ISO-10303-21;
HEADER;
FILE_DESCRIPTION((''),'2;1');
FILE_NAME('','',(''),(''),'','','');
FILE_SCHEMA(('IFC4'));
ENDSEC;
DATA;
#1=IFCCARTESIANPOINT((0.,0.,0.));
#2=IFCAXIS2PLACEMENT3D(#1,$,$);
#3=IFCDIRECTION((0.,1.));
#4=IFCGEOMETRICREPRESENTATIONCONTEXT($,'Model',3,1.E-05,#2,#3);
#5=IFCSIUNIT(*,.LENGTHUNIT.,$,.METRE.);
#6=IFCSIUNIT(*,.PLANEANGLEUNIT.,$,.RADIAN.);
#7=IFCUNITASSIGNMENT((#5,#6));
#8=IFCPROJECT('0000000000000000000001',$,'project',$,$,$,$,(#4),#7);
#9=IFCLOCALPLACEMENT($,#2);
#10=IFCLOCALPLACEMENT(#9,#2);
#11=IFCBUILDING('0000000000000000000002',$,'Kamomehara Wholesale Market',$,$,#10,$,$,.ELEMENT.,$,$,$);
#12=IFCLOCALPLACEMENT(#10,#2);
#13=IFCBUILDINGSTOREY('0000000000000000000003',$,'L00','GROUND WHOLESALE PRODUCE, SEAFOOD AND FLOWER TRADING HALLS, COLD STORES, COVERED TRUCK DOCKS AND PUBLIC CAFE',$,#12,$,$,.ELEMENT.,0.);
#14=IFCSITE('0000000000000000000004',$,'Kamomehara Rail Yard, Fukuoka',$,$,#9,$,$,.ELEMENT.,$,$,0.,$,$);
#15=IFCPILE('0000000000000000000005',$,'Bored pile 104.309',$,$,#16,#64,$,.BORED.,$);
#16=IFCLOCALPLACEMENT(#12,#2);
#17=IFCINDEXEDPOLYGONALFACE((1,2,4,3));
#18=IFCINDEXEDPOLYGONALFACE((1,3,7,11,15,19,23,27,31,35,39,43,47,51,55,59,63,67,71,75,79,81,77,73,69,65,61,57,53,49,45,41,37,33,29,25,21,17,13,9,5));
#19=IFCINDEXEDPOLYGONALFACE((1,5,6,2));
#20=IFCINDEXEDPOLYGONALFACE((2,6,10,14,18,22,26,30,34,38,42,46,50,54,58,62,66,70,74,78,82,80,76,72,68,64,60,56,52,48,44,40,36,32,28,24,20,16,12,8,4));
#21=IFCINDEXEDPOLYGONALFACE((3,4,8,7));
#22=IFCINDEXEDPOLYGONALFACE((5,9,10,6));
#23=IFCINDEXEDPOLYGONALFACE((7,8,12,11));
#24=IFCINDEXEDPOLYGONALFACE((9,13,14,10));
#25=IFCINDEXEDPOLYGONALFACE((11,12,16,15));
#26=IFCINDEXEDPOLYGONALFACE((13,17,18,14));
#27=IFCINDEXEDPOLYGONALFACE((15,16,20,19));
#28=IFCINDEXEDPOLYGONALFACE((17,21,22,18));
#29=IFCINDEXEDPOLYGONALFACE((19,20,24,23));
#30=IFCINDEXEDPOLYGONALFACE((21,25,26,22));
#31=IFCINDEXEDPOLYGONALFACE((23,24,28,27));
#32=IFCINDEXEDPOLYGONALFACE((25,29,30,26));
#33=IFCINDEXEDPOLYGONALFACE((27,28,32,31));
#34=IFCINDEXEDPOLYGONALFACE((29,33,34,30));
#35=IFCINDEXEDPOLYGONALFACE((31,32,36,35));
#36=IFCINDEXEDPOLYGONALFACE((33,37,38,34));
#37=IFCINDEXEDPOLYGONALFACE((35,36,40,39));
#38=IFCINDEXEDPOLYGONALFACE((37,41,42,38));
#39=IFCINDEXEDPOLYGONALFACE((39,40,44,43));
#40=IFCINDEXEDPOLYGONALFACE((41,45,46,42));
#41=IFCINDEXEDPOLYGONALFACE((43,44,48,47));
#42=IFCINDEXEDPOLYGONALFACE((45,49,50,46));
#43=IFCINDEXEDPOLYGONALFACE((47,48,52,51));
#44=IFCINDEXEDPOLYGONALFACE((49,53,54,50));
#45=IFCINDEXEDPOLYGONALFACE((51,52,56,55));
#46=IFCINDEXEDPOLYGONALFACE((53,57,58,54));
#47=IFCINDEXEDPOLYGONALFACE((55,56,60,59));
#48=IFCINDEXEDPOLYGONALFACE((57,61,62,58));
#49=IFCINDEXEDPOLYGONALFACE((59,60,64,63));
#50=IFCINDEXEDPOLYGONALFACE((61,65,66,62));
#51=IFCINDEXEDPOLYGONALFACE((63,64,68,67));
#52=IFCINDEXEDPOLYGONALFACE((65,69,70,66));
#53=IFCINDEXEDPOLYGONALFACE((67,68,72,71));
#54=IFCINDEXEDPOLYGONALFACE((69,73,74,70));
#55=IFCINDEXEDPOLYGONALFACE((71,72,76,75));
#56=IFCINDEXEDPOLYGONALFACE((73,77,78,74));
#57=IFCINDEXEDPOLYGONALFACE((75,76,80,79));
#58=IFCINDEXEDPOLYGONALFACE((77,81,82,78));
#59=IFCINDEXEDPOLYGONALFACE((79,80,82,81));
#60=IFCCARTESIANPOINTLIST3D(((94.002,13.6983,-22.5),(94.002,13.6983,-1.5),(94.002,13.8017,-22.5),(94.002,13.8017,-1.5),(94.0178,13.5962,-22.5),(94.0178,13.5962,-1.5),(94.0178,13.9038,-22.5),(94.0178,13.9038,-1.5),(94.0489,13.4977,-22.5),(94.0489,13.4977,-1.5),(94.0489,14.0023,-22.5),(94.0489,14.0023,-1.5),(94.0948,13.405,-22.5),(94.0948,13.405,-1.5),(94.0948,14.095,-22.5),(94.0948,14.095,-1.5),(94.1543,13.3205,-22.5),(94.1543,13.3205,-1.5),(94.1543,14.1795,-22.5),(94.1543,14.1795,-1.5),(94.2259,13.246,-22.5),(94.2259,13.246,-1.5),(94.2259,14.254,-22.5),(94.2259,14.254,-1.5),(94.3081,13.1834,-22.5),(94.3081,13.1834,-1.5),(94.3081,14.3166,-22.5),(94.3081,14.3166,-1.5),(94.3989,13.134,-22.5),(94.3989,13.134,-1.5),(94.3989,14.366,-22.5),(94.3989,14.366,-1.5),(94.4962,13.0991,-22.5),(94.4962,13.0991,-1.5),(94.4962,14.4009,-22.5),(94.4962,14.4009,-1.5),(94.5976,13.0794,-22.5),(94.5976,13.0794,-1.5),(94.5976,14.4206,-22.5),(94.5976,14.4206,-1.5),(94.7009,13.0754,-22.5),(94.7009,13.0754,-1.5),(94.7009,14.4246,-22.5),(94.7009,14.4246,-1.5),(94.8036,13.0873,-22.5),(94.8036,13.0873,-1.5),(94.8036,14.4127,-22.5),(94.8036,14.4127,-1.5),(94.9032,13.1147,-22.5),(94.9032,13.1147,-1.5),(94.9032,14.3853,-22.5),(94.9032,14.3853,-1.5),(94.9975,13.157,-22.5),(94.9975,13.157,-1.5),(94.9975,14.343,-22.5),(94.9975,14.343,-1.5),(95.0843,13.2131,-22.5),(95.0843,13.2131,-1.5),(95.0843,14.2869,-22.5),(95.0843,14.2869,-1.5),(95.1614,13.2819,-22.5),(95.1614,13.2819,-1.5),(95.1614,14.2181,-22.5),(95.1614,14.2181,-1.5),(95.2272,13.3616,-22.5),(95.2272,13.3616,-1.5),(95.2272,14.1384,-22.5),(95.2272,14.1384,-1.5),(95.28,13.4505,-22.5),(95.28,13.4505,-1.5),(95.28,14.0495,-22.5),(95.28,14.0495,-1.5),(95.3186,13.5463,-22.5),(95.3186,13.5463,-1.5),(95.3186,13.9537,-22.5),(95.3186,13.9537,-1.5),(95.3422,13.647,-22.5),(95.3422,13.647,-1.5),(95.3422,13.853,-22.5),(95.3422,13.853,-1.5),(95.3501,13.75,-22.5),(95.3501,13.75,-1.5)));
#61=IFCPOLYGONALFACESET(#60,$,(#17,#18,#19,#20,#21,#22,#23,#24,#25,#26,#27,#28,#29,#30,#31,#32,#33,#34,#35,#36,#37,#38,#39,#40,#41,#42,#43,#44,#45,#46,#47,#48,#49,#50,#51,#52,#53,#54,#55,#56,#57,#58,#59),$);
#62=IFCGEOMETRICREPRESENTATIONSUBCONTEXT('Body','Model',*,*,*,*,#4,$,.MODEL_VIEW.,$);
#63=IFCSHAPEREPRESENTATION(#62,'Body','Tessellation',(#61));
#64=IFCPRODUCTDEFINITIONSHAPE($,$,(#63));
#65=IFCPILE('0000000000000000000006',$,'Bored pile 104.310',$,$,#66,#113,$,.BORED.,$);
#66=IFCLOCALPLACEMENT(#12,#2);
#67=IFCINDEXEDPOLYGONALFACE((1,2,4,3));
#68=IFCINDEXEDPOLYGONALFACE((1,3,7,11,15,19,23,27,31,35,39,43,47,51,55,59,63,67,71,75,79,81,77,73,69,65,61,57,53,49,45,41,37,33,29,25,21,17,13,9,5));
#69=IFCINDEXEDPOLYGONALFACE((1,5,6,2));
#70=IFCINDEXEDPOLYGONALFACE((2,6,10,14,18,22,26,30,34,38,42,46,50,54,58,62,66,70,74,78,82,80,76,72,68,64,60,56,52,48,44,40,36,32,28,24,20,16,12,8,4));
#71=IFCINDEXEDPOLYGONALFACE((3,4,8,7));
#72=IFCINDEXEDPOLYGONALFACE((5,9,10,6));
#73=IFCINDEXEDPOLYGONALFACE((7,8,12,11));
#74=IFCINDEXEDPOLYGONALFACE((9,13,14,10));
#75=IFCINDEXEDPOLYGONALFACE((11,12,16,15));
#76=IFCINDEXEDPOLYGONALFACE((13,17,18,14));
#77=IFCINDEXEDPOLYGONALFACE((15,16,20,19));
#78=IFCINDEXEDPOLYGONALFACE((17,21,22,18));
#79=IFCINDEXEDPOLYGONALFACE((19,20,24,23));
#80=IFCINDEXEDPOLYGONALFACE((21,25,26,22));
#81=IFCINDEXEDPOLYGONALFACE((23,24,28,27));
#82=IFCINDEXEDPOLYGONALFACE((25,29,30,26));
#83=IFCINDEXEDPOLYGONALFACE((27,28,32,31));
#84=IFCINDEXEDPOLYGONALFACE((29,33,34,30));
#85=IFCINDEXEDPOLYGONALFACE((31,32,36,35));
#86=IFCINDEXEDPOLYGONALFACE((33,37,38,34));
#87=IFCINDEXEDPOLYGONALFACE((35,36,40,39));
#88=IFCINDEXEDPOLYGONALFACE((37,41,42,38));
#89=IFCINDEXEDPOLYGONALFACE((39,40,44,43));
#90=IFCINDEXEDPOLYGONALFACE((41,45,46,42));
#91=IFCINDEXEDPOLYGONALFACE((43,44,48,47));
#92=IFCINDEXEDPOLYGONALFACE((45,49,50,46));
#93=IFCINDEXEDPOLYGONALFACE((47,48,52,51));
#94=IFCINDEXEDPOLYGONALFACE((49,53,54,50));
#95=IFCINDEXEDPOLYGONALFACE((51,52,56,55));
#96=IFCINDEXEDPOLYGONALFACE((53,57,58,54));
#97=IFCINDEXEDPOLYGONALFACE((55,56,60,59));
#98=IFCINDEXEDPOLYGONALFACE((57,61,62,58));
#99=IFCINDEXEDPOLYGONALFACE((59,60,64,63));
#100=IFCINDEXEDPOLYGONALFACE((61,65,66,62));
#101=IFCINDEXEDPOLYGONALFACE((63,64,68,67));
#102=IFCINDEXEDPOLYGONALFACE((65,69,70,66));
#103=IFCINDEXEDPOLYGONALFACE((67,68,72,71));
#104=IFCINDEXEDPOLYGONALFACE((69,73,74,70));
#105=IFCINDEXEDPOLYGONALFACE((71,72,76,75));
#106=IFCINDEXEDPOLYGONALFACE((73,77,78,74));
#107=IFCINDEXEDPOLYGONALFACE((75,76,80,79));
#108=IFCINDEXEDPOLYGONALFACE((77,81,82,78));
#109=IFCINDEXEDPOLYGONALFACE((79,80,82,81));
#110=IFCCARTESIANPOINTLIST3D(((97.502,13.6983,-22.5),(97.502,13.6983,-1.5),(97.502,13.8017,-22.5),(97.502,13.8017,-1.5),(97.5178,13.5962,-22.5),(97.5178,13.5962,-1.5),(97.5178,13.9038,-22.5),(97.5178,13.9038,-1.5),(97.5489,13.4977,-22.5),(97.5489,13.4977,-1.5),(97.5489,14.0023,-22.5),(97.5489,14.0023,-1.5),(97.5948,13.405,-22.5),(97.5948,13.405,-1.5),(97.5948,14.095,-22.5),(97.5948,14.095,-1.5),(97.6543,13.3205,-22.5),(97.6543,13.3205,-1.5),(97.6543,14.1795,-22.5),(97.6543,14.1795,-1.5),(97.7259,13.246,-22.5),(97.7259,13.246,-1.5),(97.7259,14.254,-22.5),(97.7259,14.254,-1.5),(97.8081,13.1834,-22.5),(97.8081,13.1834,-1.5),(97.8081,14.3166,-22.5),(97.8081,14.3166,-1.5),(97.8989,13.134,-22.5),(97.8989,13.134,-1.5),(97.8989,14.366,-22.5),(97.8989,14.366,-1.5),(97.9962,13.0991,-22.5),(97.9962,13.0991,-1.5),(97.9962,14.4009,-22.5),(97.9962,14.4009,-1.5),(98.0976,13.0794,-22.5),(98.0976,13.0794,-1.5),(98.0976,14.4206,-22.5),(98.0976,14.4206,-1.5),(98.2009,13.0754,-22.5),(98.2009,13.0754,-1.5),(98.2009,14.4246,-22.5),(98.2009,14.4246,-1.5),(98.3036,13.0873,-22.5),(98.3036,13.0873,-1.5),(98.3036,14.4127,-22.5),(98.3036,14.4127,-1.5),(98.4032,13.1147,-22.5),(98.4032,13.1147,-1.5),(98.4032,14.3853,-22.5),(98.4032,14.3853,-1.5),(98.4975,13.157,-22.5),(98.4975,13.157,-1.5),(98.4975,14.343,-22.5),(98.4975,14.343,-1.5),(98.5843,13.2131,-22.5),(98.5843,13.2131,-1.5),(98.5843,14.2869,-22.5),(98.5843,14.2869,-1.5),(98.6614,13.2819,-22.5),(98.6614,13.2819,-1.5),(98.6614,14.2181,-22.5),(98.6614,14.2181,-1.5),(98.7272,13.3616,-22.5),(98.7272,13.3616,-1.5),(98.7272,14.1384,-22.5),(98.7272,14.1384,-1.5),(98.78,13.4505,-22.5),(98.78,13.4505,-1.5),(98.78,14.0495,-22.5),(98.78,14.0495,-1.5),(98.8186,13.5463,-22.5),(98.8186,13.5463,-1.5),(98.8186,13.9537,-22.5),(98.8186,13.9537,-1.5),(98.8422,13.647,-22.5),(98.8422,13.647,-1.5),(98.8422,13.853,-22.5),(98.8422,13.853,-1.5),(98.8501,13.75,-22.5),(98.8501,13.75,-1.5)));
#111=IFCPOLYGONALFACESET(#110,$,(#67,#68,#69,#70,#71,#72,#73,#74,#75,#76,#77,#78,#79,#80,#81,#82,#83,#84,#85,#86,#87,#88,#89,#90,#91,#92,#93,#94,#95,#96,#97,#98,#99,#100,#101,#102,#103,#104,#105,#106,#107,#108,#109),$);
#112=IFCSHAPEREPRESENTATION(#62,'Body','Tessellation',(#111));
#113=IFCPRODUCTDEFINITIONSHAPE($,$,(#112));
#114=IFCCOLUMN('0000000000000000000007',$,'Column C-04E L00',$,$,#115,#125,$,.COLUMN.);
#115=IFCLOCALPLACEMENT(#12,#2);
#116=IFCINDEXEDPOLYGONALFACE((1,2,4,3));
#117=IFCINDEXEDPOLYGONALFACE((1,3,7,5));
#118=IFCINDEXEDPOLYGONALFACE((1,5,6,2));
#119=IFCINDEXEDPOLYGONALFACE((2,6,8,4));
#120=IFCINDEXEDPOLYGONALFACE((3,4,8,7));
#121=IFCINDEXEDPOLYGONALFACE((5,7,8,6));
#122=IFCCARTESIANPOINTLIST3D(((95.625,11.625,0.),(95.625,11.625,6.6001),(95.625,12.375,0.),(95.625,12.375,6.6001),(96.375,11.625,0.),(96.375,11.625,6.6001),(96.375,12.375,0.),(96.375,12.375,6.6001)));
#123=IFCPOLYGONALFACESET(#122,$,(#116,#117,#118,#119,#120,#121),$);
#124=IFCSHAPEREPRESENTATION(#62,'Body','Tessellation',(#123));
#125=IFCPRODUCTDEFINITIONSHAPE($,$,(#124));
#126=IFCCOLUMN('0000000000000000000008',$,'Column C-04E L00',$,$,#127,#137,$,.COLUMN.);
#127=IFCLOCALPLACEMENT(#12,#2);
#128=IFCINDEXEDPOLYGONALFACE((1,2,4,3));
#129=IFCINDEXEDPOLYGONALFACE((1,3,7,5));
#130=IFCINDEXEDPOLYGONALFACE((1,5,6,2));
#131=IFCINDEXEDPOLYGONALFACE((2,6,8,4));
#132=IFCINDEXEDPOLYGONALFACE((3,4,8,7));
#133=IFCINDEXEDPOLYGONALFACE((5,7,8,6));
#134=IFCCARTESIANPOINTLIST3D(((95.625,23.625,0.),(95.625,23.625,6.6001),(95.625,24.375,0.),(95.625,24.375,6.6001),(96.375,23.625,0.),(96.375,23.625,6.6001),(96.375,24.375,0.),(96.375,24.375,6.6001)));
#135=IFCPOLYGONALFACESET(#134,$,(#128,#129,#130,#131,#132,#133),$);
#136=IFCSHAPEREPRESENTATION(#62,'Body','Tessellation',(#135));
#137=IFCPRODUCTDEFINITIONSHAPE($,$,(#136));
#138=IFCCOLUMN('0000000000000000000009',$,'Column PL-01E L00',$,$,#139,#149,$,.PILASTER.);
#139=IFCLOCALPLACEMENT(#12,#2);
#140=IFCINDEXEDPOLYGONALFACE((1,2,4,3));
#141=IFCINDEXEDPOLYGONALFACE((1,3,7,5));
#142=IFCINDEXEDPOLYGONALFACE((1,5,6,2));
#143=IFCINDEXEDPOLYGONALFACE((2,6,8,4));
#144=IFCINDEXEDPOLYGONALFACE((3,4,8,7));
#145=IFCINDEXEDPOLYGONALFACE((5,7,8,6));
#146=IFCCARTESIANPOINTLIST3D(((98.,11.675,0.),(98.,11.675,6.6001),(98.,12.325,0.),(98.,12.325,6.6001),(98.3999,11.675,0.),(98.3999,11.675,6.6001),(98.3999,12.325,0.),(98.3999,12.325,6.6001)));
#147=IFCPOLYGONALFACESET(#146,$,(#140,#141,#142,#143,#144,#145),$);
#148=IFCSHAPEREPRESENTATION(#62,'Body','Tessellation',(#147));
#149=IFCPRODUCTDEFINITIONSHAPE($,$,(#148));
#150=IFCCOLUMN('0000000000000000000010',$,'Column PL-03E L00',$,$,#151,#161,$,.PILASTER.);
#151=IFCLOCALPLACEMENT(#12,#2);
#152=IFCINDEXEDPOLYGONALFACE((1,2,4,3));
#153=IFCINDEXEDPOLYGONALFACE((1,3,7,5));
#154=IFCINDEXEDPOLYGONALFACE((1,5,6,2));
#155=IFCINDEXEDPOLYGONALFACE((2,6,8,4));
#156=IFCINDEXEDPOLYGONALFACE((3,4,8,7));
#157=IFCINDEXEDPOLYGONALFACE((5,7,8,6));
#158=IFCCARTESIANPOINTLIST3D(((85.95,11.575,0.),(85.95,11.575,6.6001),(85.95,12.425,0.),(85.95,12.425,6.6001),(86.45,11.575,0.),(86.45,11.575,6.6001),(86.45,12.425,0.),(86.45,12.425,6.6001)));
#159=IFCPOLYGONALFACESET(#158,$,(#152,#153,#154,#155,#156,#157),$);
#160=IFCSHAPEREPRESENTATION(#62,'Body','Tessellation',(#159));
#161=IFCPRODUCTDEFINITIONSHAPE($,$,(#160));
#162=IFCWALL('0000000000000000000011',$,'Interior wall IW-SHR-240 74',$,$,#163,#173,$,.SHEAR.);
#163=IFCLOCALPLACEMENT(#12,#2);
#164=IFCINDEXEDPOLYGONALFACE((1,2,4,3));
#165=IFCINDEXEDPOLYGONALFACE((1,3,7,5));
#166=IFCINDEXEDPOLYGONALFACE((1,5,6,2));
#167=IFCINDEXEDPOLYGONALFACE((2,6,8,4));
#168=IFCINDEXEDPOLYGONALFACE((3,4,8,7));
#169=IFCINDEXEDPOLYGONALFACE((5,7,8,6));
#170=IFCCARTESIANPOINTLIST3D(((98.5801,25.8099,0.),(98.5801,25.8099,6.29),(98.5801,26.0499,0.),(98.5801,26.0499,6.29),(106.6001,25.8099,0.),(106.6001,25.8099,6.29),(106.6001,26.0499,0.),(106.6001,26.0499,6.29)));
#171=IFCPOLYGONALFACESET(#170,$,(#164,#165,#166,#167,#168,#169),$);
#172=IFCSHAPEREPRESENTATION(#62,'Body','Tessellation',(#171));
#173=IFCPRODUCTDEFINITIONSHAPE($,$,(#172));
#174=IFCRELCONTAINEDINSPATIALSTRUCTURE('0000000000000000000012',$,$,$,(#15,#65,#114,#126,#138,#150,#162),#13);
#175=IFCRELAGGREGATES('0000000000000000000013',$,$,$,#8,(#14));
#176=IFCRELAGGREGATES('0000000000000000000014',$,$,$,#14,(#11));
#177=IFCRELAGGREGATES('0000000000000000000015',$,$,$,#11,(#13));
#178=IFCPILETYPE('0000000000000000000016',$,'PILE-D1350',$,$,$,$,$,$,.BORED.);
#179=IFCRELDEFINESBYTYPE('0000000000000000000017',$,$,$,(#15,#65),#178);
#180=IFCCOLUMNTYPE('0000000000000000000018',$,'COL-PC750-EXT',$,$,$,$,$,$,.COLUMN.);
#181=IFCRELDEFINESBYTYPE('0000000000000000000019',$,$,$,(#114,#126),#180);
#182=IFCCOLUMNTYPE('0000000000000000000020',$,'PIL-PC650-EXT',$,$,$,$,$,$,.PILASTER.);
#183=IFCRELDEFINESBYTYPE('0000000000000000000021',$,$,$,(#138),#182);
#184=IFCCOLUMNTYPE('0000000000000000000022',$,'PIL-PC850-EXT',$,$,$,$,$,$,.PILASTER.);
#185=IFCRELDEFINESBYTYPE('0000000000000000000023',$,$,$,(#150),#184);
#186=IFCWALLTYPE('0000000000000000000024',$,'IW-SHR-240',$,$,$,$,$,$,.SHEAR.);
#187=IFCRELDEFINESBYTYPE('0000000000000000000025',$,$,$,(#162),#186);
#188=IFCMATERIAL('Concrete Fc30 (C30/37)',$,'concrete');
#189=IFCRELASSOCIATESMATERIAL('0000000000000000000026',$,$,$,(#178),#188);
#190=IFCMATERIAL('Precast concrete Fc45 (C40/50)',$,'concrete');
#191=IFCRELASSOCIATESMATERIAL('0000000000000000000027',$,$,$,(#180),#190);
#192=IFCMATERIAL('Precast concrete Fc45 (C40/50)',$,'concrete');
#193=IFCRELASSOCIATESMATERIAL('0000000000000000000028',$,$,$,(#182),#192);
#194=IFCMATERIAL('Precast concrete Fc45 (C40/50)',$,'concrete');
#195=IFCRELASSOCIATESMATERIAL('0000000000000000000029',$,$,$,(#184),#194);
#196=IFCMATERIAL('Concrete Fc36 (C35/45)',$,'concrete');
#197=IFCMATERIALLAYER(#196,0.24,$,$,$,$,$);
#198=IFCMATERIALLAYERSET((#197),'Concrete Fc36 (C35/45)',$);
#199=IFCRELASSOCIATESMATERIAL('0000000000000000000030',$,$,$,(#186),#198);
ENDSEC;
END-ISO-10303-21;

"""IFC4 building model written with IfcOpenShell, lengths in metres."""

from ifc_helpers import new_model, si_unit, direction, frame, frame_2d, origin, origin_2d, place, context, subcontext, project, spatial, rectangle, circle, extrude, material, layer, layer_set, material_profile, profile_set, type_object, element, save


model = new_model("IFC4")

# Units and contexts
model_context = context("Model", 3, precision=1e-05, world=origin(), true_north=direction((0.0, 1.0)))
body_context = subcontext(model_context, "Body", "Model", "MODEL_VIEW")
ifc_project = project(units=[si_unit("LENGTHUNIT", "METRE"), si_unit("PLANEANGLEUNIT", "RADIAN")], contexts=[model_context])

# Site, building, storey
site_placement = place(None, origin())
site = spatial("IfcSite", under=ifc_project, at=site_placement, Name="Kamomehara Rail Yard, Fukuoka", CompositionType="ELEMENT", RefElevation=0.0)
building_placement = place(site_placement, origin())
building = spatial("IfcBuilding", under=site, at=building_placement, Name="Kamomehara Wholesale Market", CompositionType="ELEMENT")
storey_placement = place(building_placement, origin())
storey = spatial("IfcBuildingStorey", under=building, at=storey_placement, Name="L00", Description="GROUND WHOLESALE PRODUCE, SEAFOOD AND FLOWER TRADING HALLS, COLD STORES, COVERED TRUCK DOCKS AND PUBLIC CAFE", CompositionType="ELEMENT", Elevation=0.0)

# Piles
ifc_material_1 = material(Name="Concrete Fc30 (C30/37)", Category="concrete")
ifc_material_profile_1 = material_profile(ifc_material_1, circle(Radius=0.675, at=origin_2d()), Name="RC-PILE-D1350")
ifc_profile_set_1 = profile_set([ifc_material_profile_1], Name="Concrete Fc30 (C30/37)")
pile_type_1 = type_object("IfcPileType", Name="PILE-D1350", PredefinedType="BORED", material=ifc_profile_set_1)
for number, where, z_axis, x_axis, name in (
    (1, (94.675, 13.75, -1.5), (0.0, 0.0, -1.0), (1.0, 0.0, 0.0), "Bored pile 104.309"),
    (2, (98.175, 13.75, -1.5), (0.0, 0.0, -1.0), (1.0, 0.0, 0.0), "Bored pile 104.310"),
):
    element("IfcPile", number, at=place(storey_placement, frame(where, z_axis=z_axis, x_axis=x_axis)), inside=storey, type_object=pile_type_1, Name=name, PredefinedType="BORED", context=body_context, shape_type="SweptSolid", body=[
        extrude(circle(Radius=0.675, at=origin_2d()), origin(), (0.0, 0.0, 1.0), 21.0),
    ])

# Columns
ifc_material_2 = material(Name="Precast concrete Fc45 (C40/50)", Category="concrete")
ifc_material_profile_2 = material_profile(ifc_material_2, rectangle(XDim=0.75, YDim=0.75, at=origin_2d()), Name="PC-COL-750x750")
ifc_profile_set_2 = profile_set([ifc_material_profile_2], Name="Precast concrete Fc45 (C40/50)")
column_type_1 = type_object("IfcColumnType", Name="COL-PC750-EXT", PredefinedType="COLUMN", material=ifc_profile_set_2)
for number, where, z_axis, x_axis, name in (
    (3, (96.0, 12.0, 0.0), (0.0, 0.0, 1.0), (1.0, 0.0, 0.0), "Column C-04E L00"),
    (4, (96.0, 24.0, 0.0), (0.0, 0.0, 1.0), (1.0, 0.0, 0.0), "Column C-04E L00"),
):
    element("IfcColumn", number, at=place(storey_placement, frame(where, z_axis=z_axis, x_axis=x_axis)), inside=storey, type_object=column_type_1, Name=name, PredefinedType="COLUMN", context=body_context, shape_type="SweptSolid", body=[
        extrude(rectangle(XDim=0.75, YDim=0.75, at=origin_2d()), origin(), (0.0, 0.0, 1.0), 6.6001),
    ])
ifc_material_3 = material(Name="Precast concrete Fc45 (C40/50)", Category="concrete")
ifc_material_profile_3 = material_profile(ifc_material_3, rectangle(XDim=0.3999, YDim=0.6499, at=origin_2d()), Name="PC-PIL-400x650")
ifc_profile_set_3 = profile_set([ifc_material_profile_3], Name="Precast concrete Fc45 (C40/50)")
column_type_2 = type_object("IfcColumnType", Name="PIL-PC650-EXT", PredefinedType="PILASTER", material=ifc_profile_set_3)
column_1_placement = place(storey_placement, frame((98.2, 12.0, 0.0), z_axis=(0.0, 0.0, 1.0), x_axis=(1.0, 0.0, 0.0)))
element("IfcColumn", 5, at=column_1_placement, inside=storey, type_object=column_type_2, Name="Column PL-01E L00", PredefinedType="PILASTER", context=body_context, shape_type="SweptSolid", body=[
    extrude(rectangle(XDim=0.3999, YDim=0.6499, at=origin_2d()), origin(), (0.0, 0.0, 1.0), 6.6001),
])
ifc_material_4 = material(Name="Precast concrete Fc45 (C40/50)", Category="concrete")
ifc_material_profile_4 = material_profile(ifc_material_4, rectangle(XDim=0.5, YDim=0.8501, at=origin_2d()), Name="PC-PIL-500x850")
ifc_profile_set_4 = profile_set([ifc_material_profile_4], Name="Precast concrete Fc45 (C40/50)")
column_type_3 = type_object("IfcColumnType", Name="PIL-PC850-EXT", PredefinedType="PILASTER", material=ifc_profile_set_4)
column_2_placement = place(storey_placement, frame((86.2, 12.0, 0.0), z_axis=(0.0, 0.0, 1.0), x_axis=(1.0, 0.0, 0.0)))
element("IfcColumn", 6, at=column_2_placement, inside=storey, type_object=column_type_3, Name="Column PL-03E L00", PredefinedType="PILASTER", context=body_context, shape_type="SweptSolid", body=[
    extrude(rectangle(XDim=0.5, YDim=0.8501, at=origin_2d()), origin(), (0.0, 0.0, 1.0), 6.6001),
])

# Wall
ifc_material_5 = material(Name="Concrete Fc36 (C35/45)", Category="concrete")
ifc_layer_1 = layer(ifc_material_5, 0.24)
ifc_layer_set_1 = layer_set([ifc_layer_1], Name="Concrete Fc36 (C35/45)")
wall_type_1 = type_object("IfcWallType", Name="IW-SHR-240", PredefinedType="SHEAR", material=ifc_layer_set_1)
wall_1_placement = place(storey_placement, frame((98.5801, 25.9299, 0.0), z_axis=(0.0, 0.0, 1.0), x_axis=(1.0, 0.0, 0.0)))
element("IfcWall", 7, at=wall_1_placement, inside=storey, type_object=wall_type_1, Name="Interior wall IW-SHR-240 74", PredefinedType="SHEAR", context=body_context, shape_type="SweptSolid", body=[
    extrude(rectangle(XDim=8.02, YDim=0.24, at=frame_2d((4.01, 0.0))), origin(), (0.0, 0.0, 1.0), 6.29),
])

save(model, "model.ifc")
